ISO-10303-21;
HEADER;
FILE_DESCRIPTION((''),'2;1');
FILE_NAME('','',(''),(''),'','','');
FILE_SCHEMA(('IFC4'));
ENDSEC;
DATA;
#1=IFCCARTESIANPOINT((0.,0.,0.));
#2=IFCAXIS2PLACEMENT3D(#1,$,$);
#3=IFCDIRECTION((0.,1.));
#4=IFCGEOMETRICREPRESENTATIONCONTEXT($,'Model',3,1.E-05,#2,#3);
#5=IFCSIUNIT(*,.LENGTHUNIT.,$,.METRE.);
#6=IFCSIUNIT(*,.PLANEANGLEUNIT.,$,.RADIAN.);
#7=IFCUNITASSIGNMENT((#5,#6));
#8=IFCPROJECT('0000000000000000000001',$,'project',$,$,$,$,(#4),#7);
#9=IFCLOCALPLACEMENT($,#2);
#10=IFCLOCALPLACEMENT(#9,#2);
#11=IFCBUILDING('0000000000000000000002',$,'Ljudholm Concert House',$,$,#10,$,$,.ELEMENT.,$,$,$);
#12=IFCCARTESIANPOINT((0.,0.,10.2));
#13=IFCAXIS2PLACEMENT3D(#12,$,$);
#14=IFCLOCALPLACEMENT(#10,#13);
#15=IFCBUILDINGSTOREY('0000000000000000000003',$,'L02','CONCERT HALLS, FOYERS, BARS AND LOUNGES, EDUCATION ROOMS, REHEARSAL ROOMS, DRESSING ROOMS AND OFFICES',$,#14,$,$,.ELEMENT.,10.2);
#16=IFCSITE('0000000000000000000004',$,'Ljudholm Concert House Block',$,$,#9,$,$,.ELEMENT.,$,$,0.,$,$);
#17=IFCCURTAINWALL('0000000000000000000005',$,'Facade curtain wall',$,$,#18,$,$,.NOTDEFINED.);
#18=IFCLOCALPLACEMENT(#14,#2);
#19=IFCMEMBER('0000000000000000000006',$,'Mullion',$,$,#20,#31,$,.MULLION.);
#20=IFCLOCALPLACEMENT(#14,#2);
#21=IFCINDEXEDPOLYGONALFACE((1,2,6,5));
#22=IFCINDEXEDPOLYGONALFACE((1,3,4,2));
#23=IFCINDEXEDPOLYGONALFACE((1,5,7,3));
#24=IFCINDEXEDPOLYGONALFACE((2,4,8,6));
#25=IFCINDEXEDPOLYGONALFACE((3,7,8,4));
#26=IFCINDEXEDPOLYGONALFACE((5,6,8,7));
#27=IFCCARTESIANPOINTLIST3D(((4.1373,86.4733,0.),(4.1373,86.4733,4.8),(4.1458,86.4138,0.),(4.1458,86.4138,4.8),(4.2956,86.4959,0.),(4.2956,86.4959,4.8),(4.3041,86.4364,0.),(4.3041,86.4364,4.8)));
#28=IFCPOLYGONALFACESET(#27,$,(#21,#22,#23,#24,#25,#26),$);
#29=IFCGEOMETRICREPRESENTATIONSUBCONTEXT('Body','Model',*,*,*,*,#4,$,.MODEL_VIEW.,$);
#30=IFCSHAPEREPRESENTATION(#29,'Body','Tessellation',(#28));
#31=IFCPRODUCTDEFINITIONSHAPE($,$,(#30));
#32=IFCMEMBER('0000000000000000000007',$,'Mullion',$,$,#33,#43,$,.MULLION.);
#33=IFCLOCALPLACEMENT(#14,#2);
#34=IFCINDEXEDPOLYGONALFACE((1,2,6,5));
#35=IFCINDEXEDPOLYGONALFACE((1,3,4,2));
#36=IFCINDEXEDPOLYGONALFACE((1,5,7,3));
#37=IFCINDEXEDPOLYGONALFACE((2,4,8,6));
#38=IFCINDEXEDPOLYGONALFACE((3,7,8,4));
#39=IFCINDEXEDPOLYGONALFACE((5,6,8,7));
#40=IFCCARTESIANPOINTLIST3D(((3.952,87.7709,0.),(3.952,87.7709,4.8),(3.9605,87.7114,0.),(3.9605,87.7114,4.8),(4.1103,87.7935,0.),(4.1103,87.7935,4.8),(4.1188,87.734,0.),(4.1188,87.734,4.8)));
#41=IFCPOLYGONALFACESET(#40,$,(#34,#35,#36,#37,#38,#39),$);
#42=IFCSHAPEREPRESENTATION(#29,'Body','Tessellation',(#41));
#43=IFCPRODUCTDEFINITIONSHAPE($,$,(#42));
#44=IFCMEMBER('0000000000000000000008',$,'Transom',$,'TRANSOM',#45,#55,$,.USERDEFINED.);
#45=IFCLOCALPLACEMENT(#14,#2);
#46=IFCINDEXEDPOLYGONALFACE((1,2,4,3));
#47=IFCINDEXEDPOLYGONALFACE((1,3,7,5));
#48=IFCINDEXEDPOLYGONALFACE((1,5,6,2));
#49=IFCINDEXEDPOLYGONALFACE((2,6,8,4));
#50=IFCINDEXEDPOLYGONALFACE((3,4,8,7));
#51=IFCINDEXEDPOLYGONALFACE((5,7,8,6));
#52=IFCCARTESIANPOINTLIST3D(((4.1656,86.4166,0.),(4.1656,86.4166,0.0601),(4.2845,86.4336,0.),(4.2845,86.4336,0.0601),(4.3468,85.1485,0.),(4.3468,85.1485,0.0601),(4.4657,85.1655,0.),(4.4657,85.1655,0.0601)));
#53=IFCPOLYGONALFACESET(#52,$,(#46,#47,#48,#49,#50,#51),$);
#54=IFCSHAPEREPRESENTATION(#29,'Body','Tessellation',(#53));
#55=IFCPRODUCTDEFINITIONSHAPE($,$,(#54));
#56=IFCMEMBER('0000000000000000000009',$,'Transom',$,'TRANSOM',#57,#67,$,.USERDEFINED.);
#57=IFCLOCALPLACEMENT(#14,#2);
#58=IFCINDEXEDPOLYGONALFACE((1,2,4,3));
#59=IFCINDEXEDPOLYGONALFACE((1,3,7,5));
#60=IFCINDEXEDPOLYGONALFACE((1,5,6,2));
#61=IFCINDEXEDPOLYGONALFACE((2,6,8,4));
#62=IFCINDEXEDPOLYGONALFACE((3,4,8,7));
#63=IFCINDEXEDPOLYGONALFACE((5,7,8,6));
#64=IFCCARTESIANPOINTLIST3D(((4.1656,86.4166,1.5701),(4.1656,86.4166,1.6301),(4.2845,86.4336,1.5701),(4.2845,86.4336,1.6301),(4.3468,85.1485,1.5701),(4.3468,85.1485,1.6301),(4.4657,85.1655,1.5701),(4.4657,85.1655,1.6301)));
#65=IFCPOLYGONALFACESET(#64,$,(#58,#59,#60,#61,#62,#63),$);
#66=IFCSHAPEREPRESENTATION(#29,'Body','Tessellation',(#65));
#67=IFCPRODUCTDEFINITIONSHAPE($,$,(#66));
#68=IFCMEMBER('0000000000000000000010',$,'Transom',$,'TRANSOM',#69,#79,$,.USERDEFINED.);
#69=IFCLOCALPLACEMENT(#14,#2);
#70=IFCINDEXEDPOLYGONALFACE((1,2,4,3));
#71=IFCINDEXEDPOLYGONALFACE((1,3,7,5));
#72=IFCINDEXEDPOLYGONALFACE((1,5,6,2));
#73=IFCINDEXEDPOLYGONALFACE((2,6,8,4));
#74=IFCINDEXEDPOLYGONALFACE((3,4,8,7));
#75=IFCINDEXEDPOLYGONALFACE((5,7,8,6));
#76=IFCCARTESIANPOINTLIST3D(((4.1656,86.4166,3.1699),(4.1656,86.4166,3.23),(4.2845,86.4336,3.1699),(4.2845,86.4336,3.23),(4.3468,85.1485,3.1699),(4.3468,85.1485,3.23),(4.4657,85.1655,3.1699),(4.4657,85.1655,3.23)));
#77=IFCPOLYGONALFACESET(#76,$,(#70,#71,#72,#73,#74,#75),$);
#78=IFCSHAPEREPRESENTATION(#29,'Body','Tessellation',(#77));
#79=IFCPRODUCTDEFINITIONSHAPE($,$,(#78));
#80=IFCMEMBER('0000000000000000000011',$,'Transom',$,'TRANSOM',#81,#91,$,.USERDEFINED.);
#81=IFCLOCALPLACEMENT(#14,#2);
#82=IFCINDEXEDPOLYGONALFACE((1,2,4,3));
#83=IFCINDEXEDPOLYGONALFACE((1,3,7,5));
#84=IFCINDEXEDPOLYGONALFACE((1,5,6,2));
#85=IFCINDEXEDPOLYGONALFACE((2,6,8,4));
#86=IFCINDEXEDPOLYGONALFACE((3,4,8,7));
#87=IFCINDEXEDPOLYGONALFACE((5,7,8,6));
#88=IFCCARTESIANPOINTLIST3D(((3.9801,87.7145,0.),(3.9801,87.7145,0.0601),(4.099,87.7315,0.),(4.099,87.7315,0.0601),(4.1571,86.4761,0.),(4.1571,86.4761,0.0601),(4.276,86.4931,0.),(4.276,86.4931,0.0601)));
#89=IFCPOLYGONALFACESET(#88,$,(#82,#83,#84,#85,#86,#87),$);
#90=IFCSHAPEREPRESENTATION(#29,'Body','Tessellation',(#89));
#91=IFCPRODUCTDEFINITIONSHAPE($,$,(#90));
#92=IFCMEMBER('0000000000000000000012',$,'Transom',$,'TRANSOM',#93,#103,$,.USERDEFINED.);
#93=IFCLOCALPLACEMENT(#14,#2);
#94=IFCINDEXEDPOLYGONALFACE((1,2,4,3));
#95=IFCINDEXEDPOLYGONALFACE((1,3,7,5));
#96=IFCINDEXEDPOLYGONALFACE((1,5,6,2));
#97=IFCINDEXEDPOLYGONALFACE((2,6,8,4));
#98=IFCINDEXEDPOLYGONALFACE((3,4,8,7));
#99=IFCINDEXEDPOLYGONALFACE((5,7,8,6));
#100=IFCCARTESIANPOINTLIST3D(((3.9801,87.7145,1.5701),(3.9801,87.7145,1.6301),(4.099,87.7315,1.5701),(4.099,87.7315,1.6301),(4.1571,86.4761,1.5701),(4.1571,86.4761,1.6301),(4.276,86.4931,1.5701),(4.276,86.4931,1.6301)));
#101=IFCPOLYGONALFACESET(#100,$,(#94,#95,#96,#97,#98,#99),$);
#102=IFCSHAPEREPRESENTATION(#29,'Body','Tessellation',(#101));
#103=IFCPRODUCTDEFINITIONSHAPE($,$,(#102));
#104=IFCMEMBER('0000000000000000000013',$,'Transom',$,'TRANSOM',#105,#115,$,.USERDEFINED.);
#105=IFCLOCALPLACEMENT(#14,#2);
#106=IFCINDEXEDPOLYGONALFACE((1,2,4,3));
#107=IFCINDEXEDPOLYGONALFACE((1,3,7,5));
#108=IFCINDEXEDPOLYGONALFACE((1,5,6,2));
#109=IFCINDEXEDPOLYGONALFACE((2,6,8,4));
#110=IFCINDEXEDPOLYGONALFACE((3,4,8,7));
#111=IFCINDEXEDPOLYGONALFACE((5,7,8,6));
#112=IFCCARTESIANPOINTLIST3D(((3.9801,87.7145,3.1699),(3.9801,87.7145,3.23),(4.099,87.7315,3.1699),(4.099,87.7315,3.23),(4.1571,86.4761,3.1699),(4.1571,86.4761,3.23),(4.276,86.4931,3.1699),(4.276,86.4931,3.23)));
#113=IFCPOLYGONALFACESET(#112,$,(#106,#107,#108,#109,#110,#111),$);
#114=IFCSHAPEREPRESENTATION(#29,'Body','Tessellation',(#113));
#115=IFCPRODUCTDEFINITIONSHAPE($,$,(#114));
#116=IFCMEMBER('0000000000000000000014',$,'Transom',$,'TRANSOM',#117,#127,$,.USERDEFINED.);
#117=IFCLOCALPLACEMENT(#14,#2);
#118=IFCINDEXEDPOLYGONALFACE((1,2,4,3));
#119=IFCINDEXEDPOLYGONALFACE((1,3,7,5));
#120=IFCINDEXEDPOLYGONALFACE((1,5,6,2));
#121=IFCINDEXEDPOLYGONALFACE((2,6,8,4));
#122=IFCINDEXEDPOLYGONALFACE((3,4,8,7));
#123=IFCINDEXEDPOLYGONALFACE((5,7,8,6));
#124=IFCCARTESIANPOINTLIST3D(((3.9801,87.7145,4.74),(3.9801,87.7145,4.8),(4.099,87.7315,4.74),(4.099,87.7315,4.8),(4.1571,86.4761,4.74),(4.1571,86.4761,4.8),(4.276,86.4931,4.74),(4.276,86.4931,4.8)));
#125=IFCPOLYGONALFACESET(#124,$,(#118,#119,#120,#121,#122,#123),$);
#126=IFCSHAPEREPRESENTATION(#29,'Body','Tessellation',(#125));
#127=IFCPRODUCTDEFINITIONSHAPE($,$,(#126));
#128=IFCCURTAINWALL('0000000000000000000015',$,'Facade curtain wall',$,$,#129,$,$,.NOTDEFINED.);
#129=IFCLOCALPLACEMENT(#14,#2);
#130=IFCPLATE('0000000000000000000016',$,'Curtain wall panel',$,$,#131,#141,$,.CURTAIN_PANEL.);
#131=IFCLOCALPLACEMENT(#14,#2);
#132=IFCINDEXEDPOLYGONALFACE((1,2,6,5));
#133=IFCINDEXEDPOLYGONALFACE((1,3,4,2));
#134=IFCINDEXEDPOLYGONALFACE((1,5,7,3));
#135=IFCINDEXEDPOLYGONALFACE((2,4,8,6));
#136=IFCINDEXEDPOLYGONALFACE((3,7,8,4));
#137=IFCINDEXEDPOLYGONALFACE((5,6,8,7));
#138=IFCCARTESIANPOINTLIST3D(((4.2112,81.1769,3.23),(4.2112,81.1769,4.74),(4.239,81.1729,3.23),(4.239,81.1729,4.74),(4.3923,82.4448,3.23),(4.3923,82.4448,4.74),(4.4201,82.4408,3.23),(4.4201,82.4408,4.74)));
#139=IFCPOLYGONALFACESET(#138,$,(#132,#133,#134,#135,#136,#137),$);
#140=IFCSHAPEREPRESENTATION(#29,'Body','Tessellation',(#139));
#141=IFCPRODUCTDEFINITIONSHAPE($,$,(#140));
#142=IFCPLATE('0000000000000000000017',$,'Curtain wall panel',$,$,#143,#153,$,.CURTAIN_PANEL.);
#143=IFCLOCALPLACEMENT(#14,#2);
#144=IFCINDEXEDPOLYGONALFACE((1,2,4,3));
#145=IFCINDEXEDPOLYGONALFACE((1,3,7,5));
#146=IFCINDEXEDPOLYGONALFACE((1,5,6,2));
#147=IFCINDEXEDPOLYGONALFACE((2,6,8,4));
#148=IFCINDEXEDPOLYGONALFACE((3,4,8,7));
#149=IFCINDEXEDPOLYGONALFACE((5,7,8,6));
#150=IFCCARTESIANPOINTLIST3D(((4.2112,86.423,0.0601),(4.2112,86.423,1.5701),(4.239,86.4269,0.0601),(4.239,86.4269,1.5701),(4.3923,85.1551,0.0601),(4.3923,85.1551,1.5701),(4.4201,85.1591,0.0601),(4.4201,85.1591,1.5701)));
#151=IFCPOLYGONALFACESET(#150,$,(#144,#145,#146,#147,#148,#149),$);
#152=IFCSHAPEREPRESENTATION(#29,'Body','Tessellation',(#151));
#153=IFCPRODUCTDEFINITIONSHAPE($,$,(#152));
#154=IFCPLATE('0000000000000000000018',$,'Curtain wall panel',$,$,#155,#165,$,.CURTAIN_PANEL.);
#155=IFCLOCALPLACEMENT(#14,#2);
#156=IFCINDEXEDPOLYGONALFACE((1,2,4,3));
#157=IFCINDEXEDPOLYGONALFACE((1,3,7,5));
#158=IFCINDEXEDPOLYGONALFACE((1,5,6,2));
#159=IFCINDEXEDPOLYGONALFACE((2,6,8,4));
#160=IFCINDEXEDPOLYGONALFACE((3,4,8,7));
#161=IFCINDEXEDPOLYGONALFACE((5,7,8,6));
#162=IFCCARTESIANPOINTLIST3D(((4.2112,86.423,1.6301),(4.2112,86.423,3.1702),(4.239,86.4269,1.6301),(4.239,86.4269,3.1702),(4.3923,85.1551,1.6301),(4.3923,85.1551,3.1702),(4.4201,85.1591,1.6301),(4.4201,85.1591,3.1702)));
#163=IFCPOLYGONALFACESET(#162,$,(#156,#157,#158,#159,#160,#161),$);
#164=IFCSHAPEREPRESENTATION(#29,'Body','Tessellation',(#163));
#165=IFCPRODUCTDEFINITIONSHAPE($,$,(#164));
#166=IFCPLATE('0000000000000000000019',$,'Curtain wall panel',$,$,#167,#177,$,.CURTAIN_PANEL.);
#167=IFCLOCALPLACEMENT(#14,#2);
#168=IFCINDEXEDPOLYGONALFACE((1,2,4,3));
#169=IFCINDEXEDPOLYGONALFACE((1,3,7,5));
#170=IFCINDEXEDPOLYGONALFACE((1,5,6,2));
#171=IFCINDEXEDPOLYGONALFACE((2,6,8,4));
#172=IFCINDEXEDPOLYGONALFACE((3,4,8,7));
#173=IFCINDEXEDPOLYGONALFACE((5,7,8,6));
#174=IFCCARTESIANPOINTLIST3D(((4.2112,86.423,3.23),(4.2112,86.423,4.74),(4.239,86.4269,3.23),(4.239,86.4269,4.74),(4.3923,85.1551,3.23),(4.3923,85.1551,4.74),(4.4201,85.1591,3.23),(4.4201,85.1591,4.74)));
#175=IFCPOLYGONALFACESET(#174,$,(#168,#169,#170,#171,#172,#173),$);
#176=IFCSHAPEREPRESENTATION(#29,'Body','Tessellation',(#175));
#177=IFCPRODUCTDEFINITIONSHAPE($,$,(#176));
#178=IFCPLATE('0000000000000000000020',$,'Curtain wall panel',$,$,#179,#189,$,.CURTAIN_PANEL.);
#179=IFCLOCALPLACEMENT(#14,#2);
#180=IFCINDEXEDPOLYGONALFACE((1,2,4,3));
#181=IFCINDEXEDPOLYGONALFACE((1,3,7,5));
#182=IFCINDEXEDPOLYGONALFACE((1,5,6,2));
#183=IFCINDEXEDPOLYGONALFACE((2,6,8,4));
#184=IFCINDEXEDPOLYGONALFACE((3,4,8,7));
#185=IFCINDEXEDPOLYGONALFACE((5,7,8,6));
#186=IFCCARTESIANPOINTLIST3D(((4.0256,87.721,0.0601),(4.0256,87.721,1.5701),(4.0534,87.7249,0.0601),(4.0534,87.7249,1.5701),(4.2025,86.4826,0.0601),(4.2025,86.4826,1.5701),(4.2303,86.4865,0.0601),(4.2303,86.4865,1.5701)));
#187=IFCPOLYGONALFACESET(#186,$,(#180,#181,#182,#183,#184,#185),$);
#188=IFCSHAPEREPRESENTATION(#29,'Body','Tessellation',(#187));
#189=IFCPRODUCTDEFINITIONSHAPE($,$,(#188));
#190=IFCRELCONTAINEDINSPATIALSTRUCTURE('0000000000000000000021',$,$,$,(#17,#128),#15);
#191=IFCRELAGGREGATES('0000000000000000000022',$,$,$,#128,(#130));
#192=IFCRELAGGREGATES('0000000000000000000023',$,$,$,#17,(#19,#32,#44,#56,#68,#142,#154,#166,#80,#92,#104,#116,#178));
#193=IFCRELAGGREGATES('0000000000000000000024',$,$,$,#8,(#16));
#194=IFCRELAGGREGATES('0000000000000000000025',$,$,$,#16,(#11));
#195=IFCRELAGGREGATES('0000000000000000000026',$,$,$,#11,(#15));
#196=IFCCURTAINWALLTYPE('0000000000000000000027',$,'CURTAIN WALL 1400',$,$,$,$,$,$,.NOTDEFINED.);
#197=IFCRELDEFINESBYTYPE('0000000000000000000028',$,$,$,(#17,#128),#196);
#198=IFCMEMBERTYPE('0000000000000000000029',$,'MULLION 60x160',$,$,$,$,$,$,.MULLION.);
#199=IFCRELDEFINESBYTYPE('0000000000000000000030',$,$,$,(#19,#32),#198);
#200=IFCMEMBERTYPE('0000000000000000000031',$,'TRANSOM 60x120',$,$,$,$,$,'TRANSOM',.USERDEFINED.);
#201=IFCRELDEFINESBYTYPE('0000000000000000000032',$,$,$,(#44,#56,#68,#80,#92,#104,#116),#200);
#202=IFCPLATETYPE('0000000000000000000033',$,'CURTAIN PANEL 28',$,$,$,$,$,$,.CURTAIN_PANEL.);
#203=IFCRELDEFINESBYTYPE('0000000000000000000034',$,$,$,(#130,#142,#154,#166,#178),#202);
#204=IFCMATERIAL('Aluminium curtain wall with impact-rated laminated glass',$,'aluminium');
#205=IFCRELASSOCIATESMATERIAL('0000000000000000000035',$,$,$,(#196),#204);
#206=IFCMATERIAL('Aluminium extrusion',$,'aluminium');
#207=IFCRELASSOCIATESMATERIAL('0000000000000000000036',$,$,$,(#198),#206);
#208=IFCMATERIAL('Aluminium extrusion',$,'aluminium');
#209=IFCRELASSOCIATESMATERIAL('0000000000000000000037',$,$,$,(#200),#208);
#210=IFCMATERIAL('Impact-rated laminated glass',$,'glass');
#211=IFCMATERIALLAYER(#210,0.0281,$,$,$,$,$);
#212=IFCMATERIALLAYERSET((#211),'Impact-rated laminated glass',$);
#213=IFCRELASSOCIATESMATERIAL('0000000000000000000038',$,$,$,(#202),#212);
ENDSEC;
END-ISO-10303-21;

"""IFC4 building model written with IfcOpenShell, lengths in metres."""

from ifc_helpers import new_model, si_unit, direction, frame, origin, origin_2d, place, context, subcontext, project, spatial, rectangle, extrude, material, layer, layer_set, material_profile, profile_set, type_object, element, aggregate, save


model = new_model("IFC4")

# Units and contexts
model_context = context("Model", 3, precision=1e-05, world=origin(), true_north=direction((0.0, 1.0)))
body_context = subcontext(model_context, "Body", "Model", "MODEL_VIEW")
ifc_project = project(units=[si_unit("LENGTHUNIT", "METRE"), si_unit("PLANEANGLEUNIT", "RADIAN")], contexts=[model_context])

# Site, building, storey
site_placement = place(None, origin())
site = spatial("IfcSite", under=ifc_project, at=site_placement, Name="Ljudholm Concert House Block", CompositionType="ELEMENT", RefElevation=0.0)
building_placement = place(site_placement, origin())
building = spatial("IfcBuilding", under=site, at=building_placement, Name="Ljudholm Concert House", CompositionType="ELEMENT")
storey_placement = place(building_placement, frame((0.0, 0.0, 10.2)))
storey = spatial("IfcBuildingStorey", under=building, at=storey_placement, Name="L02", Description="CONCERT HALLS, FOYERS, BARS AND LOUNGES, EDUCATION ROOMS, REHEARSAL ROOMS, DRESSING ROOMS AND OFFICES", CompositionType="ELEMENT", Elevation=10.2)

# Curtain wall, members
ifc_material_1 = material(Name="Aluminium curtain wall with impact-rated laminated glass", Category="aluminium")
curtain_wall_type = type_object("IfcCurtainWallType", Name="CURTAIN WALL 1400", PredefinedType="NOTDEFINED", material=ifc_material_1)
curtain_wall_1_placement = place(storey_placement, origin())
curtain_wall_1 = element("IfcCurtainWall", 1, at=curtain_wall_1_placement, inside=storey, type_object=curtain_wall_type, Name="Facade curtain wall", PredefinedType="NOTDEFINED")
ifc_material_2 = material(Name="Aluminium extrusion", Category="aluminium")
ifc_material_profile_1 = material_profile(ifc_material_2, rectangle(XDim=0.1599, YDim=0.0601, at=origin_2d()), Name="MULLION 60x160")
ifc_profile_set_1 = profile_set([ifc_material_profile_1], Name="Aluminium extrusion")
member_type_1 = type_object("IfcMemberType", Name="MULLION 60x160", PredefinedType="MULLION", material=ifc_profile_set_1)
member_1_placement = place(storey_placement, frame((4.2207, 86.4548, 0.0), z_axis=(0.0, 0.0, 1.0), x_axis=(-0.989949, -0.141421, 0.0)))
member_1 = element("IfcMember", 2, at=member_1_placement, type_object=member_type_1, Name="Mullion", PredefinedType="MULLION", context=body_context, shape_type="SweptSolid", body=[
    extrude(rectangle(XDim=0.1599, YDim=0.0601, at=origin_2d()), origin(), (0.0, 0.0, 1.0), 4.8),
])
member_2_placement = place(storey_placement, frame((4.0354, 87.7524, 0.0), z_axis=(0.0, 0.0, 1.0), x_axis=(-0.989949, -0.141421, 0.0)))
member_2 = element("IfcMember", 3, at=member_2_placement, type_object=member_type_1, Name="Mullion", PredefinedType="MULLION", context=body_context, shape_type="SweptSolid", body=[
    extrude(rectangle(XDim=0.1599, YDim=0.0601, at=origin_2d()), origin(), (0.0, 0.0, 1.0), 4.8),
])
ifc_material_3 = material(Name="Aluminium extrusion", Category="aluminium")
ifc_material_profile_2 = material_profile(ifc_material_3, rectangle(XDim=0.1201, YDim=0.0601, at=origin_2d()), Name="TRANSOM 60x120")
ifc_profile_set_2 = profile_set([ifc_material_profile_2], Name="Aluminium extrusion")
member_type_2 = type_object("IfcMemberType", Name="TRANSOM 60x120", ElementType="TRANSOM", PredefinedType="USERDEFINED", material=ifc_profile_set_2)
member_3_placement = place(storey_placement, frame((4.4062, 85.157, 0.03), z_axis=(-0.141421, 0.989949, 0.0), x_axis=(-0.989949, -0.141421, 0.0)))
member_3 = element("IfcMember", 4, at=member_3_placement, type_object=member_type_2, Name="Transom", ObjectType="TRANSOM", PredefinedType="USERDEFINED", context=body_context, shape_type="SweptSolid", body=[
    extrude(rectangle(XDim=0.1201, YDim=0.0601, at=origin_2d()), origin(), (0.0, 0.0, 1.0), 1.281),
])
member_4_placement = place(storey_placement, frame((4.4062, 85.157, 1.6001), z_axis=(-0.141421, 0.989949, 0.0), x_axis=(-0.989949, -0.141421, 0.0)))
member_4 = element("IfcMember", 5, at=member_4_placement, type_object=member_type_2, Name="Transom", ObjectType="TRANSOM", PredefinedType="USERDEFINED", context=body_context, shape_type="SweptSolid", body=[
    extrude(rectangle(XDim=0.1201, YDim=0.0601, at=origin_2d()), origin(), (0.0, 0.0, 1.0), 1.281),
])
member_5_placement = place(storey_placement, frame((4.4062, 85.157, 3.2), z_axis=(-0.141421, 0.989949, 0.0), x_axis=(-0.989949, -0.141421, 0.0)))
member_5 = element("IfcMember", 6, at=member_5_placement, type_object=member_type_2, Name="Transom", ObjectType="TRANSOM", PredefinedType="USERDEFINED", context=body_context, shape_type="SweptSolid", body=[
    extrude(rectangle(XDim=0.1201, YDim=0.0601, at=origin_2d()), origin(), (0.0, 0.0, 1.0), 1.281),
])
member_6_placement = place(storey_placement, frame((4.2166, 86.4846, 0.03), z_axis=(-0.141503, 0.989938, 0.0), x_axis=(-0.989938, -0.141503, 0.0)))
member_6 = element("IfcMember", 7, at=member_6_placement, type_object=member_type_2, Name="Transom", ObjectType="TRANSOM", PredefinedType="USERDEFINED", context=body_context, shape_type="SweptSolid", body=[
    extrude(rectangle(XDim=0.1201, YDim=0.0601, at=origin_2d()), origin(), (0.0, 0.0, 1.0), 1.251),
])
member_7_placement = place(storey_placement, frame((4.2166, 86.4846, 1.6001), z_axis=(-0.141503, 0.989938, 0.0), x_axis=(-0.989938, -0.141503, 0.0)))
member_7 = element("IfcMember", 8, at=member_7_placement, type_object=member_type_2, Name="Transom", ObjectType="TRANSOM", PredefinedType="USERDEFINED", context=body_context, shape_type="SweptSolid", body=[
    extrude(rectangle(XDim=0.1201, YDim=0.0601, at=origin_2d()), origin(), (0.0, 0.0, 1.0), 1.251),
])
member_8_placement = place(storey_placement, frame((4.2166, 86.4846, 3.2), z_axis=(-0.141503, 0.989938, 0.0), x_axis=(-0.989938, -0.141503, 0.0)))
member_8 = element("IfcMember", 9, at=member_8_placement, type_object=member_type_2, Name="Transom", ObjectType="TRANSOM", PredefinedType="USERDEFINED", context=body_context, shape_type="SweptSolid", body=[
    extrude(rectangle(XDim=0.1201, YDim=0.0601, at=origin_2d()), origin(), (0.0, 0.0, 1.0), 1.251),
])
member_9_placement = place(storey_placement, frame((4.2166, 86.4846, 4.77), z_axis=(-0.141503, 0.989938, 0.0), x_axis=(-0.989938, -0.141503, 0.0)))
member_9 = element("IfcMember", 10, at=member_9_placement, type_object=member_type_2, Name="Transom", ObjectType="TRANSOM", PredefinedType="USERDEFINED", context=body_context, shape_type="SweptSolid", body=[
    extrude(rectangle(XDim=0.1201, YDim=0.0601, at=origin_2d()), origin(), (0.0, 0.0, 1.0), 1.251),
])

# Curtain wall, plate
curtain_wall_2_placement = place(storey_placement, origin())
curtain_wall_2 = element("IfcCurtainWall", 11, at=curtain_wall_2_placement, inside=storey, type_object=curtain_wall_type, Name="Facade curtain wall", PredefinedType="NOTDEFINED")
ifc_material_4 = material(Name="Impact-rated laminated glass", Category="glass")
ifc_layer = layer(ifc_material_4, 0.0281)
ifc_layer_set = layer_set([ifc_layer], Name="Impact-rated laminated glass")
plate_type = type_object("IfcPlateType", Name="CURTAIN PANEL 28", PredefinedType="CURTAIN_PANEL", material=ifc_layer_set)
plate_1_placement = place(storey_placement, frame((4.3157, 81.8088, 3.23), z_axis=(0.0, 0.0, 1.0), x_axis=(0.141421, 0.989949, 0.0)))
plate_1 = element("IfcPlate", 12, at=plate_1_placement, type_object=plate_type, Name="Curtain wall panel", PredefinedType="CURTAIN_PANEL", context=body_context, shape_type="SweptSolid", body=[
    extrude(rectangle(XDim=1.2808, YDim=0.0281, at=origin_2d()), origin(), (0.0, 0.0, 1.0), 1.51),
])
aggregate(curtain_wall_2, [plate_1])

# Plates
plate_2_placement = place(storey_placement, frame((4.3157, 85.791, 0.0601), z_axis=(0.0, 0.0, 1.0), x_axis=(-0.141421, 0.989949, 0.0)))
plate_2 = element("IfcPlate", 13, at=plate_2_placement, type_object=plate_type, Name="Curtain wall panel", PredefinedType="CURTAIN_PANEL", context=body_context, shape_type="SweptSolid", body=[
    extrude(rectangle(XDim=1.2808, YDim=0.0281, at=origin_2d()), origin(), (0.0, 0.0, 1.0), 1.51),
])
plate_3_placement = place(storey_placement, frame((4.3157, 85.791, 1.6301), z_axis=(0.0, 0.0, 1.0), x_axis=(-0.141421, 0.989949, 0.0)))
plate_3 = element("IfcPlate", 14, at=plate_3_placement, type_object=plate_type, Name="Curtain wall panel", PredefinedType="CURTAIN_PANEL", context=body_context, shape_type="SweptSolid", body=[
    extrude(rectangle(XDim=1.2808, YDim=0.0281, at=origin_2d()), origin(), (0.0, 0.0, 1.0), 1.54),
])
plate_4_placement = place(storey_placement, frame((4.3157, 85.791, 3.23), z_axis=(0.0, 0.0, 1.0), x_axis=(-0.141421, 0.989949, 0.0)))
plate_4 = element("IfcPlate", 15, at=plate_4_placement, type_object=plate_type, Name="Curtain wall panel", PredefinedType="CURTAIN_PANEL", context=body_context, shape_type="SweptSolid", body=[
    extrude(rectangle(XDim=1.2808, YDim=0.0281, at=origin_2d()), origin(), (0.0, 0.0, 1.0), 1.51),
])
plate_5_placement = place(storey_placement, frame((4.1279, 87.1038, 0.0601), z_axis=(0.0, 0.0, 1.0), x_axis=(-0.141421, 0.989949, 0.0)))
plate_5 = element("IfcPlate", 16, at=plate_5_placement, type_object=plate_type, Name="Curtain wall panel", PredefinedType="CURTAIN_PANEL", context=body_context, shape_type="SweptSolid", body=[
    extrude(rectangle(XDim=1.251, YDim=0.0281, at=origin_2d()), origin(), (0.0, 0.0, 1.0), 1.51),
])
aggregate(curtain_wall_1, [member_1, member_2, member_3, member_4, member_5, plate_2, plate_3, plate_4, member_6, member_7, member_8, member_9, plate_5])

save(model, "model.ifc")
